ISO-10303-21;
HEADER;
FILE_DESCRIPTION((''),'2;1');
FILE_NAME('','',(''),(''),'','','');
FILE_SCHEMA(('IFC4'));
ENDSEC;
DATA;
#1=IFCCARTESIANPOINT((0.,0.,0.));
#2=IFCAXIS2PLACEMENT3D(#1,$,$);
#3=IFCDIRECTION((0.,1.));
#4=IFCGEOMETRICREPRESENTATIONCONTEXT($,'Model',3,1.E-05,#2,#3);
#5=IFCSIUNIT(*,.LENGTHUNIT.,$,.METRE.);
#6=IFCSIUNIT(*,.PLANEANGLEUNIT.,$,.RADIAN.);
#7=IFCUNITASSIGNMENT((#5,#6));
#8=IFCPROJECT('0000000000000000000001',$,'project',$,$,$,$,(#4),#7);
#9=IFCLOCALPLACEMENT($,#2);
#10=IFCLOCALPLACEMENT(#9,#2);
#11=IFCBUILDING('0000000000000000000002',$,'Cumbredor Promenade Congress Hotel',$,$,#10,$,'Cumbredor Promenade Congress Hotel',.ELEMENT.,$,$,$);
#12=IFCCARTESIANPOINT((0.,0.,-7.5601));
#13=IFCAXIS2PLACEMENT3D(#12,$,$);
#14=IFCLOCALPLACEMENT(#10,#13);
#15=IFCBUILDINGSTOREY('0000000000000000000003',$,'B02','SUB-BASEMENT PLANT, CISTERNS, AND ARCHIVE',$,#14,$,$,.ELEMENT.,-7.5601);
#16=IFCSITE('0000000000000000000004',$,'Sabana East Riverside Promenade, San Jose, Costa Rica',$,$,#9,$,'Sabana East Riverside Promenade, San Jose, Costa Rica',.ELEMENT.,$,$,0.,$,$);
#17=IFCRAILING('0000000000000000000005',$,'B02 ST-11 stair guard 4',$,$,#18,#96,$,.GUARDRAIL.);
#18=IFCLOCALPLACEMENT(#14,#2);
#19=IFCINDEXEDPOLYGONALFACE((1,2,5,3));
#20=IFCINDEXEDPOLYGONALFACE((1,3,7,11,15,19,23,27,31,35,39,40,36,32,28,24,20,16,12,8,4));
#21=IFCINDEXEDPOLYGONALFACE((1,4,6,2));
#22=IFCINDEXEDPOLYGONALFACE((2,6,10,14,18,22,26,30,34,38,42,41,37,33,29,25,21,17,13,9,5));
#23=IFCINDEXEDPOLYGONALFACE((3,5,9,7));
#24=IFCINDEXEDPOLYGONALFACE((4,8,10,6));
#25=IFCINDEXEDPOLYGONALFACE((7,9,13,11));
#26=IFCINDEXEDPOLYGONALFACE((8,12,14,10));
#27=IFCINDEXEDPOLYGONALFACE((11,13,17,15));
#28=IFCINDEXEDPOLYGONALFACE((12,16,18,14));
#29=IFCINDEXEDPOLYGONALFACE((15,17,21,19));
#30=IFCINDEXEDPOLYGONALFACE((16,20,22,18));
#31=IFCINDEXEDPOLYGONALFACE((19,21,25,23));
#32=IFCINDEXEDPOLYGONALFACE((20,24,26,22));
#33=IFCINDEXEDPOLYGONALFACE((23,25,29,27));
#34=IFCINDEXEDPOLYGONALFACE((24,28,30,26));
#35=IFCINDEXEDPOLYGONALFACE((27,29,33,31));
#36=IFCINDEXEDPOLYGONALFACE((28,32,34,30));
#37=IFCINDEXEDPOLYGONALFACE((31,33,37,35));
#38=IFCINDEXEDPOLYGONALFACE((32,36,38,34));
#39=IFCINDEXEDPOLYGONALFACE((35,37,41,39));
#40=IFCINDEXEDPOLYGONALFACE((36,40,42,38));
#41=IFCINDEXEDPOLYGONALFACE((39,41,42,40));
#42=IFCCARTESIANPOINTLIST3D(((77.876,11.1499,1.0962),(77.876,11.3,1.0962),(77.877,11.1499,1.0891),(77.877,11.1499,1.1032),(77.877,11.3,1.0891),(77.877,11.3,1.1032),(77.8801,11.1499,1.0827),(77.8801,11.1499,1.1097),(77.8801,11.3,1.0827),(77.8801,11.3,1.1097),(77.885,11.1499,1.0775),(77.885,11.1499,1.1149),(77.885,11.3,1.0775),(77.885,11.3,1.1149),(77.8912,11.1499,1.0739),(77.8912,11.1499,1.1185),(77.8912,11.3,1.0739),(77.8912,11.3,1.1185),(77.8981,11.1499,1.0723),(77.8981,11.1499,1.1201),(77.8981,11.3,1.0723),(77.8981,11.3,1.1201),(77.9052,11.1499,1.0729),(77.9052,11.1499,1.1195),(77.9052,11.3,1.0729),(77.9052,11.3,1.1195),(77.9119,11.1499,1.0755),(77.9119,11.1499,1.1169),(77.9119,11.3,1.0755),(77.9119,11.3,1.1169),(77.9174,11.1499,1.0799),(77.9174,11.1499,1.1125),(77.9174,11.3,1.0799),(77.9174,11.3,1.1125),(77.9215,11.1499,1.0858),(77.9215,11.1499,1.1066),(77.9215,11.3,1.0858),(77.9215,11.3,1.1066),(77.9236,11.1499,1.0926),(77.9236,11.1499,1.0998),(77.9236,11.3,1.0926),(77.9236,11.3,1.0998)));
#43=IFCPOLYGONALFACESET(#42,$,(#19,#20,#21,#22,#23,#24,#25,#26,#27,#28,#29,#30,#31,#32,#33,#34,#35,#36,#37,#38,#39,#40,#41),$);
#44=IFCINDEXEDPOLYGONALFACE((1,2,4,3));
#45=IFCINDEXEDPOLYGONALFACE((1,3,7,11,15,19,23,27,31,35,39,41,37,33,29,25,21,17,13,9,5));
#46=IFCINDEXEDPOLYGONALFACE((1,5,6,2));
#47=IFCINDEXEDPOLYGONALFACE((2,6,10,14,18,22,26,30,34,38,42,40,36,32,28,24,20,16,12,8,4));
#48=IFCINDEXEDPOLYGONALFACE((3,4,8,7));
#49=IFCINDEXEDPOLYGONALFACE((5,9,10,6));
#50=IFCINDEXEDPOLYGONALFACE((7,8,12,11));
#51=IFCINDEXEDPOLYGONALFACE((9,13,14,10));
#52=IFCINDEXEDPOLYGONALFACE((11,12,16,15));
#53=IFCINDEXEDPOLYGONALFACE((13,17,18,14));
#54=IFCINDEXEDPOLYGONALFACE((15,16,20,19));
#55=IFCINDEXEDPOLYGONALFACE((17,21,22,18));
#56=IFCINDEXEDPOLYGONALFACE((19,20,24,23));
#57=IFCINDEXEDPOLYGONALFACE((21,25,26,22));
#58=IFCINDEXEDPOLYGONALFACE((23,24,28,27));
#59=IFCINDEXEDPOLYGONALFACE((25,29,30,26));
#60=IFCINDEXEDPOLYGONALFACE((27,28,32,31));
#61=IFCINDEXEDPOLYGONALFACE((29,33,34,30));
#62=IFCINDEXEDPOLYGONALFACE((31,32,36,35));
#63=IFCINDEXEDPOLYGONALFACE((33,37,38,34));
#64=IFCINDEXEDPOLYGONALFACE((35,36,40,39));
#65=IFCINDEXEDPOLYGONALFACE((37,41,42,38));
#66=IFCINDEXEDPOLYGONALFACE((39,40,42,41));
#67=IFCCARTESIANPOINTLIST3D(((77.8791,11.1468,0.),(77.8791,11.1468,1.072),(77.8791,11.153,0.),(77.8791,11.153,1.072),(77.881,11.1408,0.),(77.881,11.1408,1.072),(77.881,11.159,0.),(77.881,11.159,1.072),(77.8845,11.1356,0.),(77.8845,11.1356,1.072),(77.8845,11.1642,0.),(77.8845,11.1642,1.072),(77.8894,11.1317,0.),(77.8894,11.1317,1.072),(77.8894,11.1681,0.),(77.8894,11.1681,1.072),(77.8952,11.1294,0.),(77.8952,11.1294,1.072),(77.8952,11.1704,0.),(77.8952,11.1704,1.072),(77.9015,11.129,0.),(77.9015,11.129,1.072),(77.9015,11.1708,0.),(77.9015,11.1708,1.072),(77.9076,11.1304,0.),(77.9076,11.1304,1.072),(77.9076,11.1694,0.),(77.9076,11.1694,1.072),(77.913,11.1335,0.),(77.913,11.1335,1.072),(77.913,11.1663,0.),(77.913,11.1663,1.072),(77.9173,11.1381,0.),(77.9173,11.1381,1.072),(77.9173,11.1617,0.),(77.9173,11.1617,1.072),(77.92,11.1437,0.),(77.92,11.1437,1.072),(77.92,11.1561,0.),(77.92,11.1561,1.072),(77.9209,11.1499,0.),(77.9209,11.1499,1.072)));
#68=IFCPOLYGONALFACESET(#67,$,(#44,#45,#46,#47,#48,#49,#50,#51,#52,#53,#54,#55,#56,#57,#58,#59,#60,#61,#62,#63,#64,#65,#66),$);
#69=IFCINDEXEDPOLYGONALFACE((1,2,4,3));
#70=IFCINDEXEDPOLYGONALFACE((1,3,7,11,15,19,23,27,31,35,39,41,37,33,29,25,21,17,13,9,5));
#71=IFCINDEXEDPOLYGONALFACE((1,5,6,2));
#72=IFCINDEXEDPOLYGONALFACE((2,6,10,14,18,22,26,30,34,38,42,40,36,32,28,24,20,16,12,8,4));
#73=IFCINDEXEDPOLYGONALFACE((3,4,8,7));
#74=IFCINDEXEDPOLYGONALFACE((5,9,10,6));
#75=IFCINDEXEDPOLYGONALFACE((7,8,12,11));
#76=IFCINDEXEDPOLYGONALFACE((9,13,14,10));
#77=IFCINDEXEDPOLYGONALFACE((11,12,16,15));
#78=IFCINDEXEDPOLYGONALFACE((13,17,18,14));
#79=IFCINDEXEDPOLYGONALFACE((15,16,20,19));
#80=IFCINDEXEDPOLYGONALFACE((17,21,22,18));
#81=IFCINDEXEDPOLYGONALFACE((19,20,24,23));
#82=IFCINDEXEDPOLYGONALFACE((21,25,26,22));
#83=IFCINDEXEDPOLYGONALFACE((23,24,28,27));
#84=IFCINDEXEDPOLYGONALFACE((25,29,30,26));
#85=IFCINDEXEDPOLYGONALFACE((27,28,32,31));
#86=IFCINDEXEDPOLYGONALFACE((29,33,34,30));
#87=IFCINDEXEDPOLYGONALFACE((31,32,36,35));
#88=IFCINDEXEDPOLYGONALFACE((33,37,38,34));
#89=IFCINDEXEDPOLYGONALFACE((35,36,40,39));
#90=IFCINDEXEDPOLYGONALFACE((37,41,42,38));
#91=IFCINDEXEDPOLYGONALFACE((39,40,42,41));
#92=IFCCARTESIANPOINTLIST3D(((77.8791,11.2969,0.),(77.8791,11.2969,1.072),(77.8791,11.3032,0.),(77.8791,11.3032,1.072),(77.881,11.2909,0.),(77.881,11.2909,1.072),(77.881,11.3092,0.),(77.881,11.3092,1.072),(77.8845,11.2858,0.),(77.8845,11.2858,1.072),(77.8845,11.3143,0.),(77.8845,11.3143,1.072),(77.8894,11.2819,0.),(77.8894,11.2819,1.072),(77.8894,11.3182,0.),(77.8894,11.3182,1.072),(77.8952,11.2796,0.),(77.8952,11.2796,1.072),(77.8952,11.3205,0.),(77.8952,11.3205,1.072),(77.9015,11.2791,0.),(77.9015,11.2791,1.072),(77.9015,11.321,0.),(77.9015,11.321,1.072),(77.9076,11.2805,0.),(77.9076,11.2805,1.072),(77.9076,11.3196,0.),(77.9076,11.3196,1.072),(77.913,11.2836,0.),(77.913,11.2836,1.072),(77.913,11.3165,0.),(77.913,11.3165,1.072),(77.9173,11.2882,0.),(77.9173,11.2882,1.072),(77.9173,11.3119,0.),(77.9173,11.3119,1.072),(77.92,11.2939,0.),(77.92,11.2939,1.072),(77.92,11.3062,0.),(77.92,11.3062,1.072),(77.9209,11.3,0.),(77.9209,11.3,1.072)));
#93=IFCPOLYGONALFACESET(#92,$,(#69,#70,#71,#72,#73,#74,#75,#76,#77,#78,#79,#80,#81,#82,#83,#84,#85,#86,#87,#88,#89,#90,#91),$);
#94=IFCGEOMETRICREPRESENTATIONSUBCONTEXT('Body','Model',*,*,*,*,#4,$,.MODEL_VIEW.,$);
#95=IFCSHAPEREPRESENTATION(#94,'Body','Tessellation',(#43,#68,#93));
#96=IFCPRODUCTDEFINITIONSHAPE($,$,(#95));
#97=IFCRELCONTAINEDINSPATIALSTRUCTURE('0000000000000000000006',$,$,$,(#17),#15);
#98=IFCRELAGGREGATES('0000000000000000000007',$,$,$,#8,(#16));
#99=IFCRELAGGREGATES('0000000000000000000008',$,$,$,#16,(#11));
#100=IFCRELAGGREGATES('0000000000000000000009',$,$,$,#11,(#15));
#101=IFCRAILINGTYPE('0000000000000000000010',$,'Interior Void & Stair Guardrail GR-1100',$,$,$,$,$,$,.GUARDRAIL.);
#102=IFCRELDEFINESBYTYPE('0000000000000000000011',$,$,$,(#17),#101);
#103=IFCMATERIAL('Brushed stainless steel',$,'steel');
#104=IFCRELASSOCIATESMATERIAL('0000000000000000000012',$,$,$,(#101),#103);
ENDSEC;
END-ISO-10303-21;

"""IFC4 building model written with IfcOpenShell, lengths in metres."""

from ifc_helpers import new_model, si_unit, direction, frame, origin, origin_2d, place, context, subcontext, project, spatial, circle, extrude, material, type_object, element, save


model = new_model("IFC4")

# Units and contexts
model_context = context("Model", 3, precision=1e-05, world=origin(), true_north=direction((0.0, 1.0)))
body_context = subcontext(model_context, "Body", "Model", "MODEL_VIEW")
ifc_project = project(units=[si_unit("LENGTHUNIT", "METRE"), si_unit("PLANEANGLEUNIT", "RADIAN")], contexts=[model_context])

# Site, building, storey
site_placement = place(None, origin())
site = spatial("IfcSite", under=ifc_project, at=site_placement, Name="Sabana East Riverside Promenade, San Jose, Costa Rica", LongName="Sabana East Riverside Promenade, San Jose, Costa Rica", CompositionType="ELEMENT", RefElevation=0.0)
building_placement = place(site_placement, origin())
building = spatial("IfcBuilding", under=site, at=building_placement, Name="Cumbredor Promenade Congress Hotel", LongName="Cumbredor Promenade Congress Hotel", CompositionType="ELEMENT")
storey_placement = place(building_placement, frame((0.0, 0.0, -7.5601)))
storey = spatial("IfcBuildingStorey", under=building, at=storey_placement, Name="B02", Description="SUB-BASEMENT PLANT, CISTERNS, AND ARCHIVE", CompositionType="ELEMENT", Elevation=-7.5601)

# Railing
ifc_material_1 = material(Name="Brushed stainless steel", Category="steel")
railing_type_1 = type_object("IfcRailingType", Name="Interior Void & Stair Guardrail GR-1100", PredefinedType="GUARDRAIL", material=ifc_material_1)
railing_1_placement = place(storey_placement, frame((77.8999, 11.1499, 0.0)))
element("IfcRailing", 1, at=railing_1_placement, inside=storey, type_object=railing_type_1, Name="B02 ST-11 stair guard 4", PredefinedType="GUARDRAIL", context=body_context, shape_type="SweptSolid", body=[
    extrude(circle(Radius=0.0239, at=origin_2d()), frame((0.0, 0.0, 1.0962), z_axis=(0.0, 1.0, 0.0), x_axis=(-1.0, 0.0, 0.0)), (0.0, 0.0, 1.0), 0.1501),
    extrude(circle(Radius=0.021, at=origin_2d()), origin(), (0.0, 0.0, 1.0), 1.072),
    extrude(circle(Radius=0.021, at=origin_2d()), frame((0.0, 0.1501, 0.0)), (0.0, 0.0, 1.0), 1.072),
])

save(model, "model.ifc")
